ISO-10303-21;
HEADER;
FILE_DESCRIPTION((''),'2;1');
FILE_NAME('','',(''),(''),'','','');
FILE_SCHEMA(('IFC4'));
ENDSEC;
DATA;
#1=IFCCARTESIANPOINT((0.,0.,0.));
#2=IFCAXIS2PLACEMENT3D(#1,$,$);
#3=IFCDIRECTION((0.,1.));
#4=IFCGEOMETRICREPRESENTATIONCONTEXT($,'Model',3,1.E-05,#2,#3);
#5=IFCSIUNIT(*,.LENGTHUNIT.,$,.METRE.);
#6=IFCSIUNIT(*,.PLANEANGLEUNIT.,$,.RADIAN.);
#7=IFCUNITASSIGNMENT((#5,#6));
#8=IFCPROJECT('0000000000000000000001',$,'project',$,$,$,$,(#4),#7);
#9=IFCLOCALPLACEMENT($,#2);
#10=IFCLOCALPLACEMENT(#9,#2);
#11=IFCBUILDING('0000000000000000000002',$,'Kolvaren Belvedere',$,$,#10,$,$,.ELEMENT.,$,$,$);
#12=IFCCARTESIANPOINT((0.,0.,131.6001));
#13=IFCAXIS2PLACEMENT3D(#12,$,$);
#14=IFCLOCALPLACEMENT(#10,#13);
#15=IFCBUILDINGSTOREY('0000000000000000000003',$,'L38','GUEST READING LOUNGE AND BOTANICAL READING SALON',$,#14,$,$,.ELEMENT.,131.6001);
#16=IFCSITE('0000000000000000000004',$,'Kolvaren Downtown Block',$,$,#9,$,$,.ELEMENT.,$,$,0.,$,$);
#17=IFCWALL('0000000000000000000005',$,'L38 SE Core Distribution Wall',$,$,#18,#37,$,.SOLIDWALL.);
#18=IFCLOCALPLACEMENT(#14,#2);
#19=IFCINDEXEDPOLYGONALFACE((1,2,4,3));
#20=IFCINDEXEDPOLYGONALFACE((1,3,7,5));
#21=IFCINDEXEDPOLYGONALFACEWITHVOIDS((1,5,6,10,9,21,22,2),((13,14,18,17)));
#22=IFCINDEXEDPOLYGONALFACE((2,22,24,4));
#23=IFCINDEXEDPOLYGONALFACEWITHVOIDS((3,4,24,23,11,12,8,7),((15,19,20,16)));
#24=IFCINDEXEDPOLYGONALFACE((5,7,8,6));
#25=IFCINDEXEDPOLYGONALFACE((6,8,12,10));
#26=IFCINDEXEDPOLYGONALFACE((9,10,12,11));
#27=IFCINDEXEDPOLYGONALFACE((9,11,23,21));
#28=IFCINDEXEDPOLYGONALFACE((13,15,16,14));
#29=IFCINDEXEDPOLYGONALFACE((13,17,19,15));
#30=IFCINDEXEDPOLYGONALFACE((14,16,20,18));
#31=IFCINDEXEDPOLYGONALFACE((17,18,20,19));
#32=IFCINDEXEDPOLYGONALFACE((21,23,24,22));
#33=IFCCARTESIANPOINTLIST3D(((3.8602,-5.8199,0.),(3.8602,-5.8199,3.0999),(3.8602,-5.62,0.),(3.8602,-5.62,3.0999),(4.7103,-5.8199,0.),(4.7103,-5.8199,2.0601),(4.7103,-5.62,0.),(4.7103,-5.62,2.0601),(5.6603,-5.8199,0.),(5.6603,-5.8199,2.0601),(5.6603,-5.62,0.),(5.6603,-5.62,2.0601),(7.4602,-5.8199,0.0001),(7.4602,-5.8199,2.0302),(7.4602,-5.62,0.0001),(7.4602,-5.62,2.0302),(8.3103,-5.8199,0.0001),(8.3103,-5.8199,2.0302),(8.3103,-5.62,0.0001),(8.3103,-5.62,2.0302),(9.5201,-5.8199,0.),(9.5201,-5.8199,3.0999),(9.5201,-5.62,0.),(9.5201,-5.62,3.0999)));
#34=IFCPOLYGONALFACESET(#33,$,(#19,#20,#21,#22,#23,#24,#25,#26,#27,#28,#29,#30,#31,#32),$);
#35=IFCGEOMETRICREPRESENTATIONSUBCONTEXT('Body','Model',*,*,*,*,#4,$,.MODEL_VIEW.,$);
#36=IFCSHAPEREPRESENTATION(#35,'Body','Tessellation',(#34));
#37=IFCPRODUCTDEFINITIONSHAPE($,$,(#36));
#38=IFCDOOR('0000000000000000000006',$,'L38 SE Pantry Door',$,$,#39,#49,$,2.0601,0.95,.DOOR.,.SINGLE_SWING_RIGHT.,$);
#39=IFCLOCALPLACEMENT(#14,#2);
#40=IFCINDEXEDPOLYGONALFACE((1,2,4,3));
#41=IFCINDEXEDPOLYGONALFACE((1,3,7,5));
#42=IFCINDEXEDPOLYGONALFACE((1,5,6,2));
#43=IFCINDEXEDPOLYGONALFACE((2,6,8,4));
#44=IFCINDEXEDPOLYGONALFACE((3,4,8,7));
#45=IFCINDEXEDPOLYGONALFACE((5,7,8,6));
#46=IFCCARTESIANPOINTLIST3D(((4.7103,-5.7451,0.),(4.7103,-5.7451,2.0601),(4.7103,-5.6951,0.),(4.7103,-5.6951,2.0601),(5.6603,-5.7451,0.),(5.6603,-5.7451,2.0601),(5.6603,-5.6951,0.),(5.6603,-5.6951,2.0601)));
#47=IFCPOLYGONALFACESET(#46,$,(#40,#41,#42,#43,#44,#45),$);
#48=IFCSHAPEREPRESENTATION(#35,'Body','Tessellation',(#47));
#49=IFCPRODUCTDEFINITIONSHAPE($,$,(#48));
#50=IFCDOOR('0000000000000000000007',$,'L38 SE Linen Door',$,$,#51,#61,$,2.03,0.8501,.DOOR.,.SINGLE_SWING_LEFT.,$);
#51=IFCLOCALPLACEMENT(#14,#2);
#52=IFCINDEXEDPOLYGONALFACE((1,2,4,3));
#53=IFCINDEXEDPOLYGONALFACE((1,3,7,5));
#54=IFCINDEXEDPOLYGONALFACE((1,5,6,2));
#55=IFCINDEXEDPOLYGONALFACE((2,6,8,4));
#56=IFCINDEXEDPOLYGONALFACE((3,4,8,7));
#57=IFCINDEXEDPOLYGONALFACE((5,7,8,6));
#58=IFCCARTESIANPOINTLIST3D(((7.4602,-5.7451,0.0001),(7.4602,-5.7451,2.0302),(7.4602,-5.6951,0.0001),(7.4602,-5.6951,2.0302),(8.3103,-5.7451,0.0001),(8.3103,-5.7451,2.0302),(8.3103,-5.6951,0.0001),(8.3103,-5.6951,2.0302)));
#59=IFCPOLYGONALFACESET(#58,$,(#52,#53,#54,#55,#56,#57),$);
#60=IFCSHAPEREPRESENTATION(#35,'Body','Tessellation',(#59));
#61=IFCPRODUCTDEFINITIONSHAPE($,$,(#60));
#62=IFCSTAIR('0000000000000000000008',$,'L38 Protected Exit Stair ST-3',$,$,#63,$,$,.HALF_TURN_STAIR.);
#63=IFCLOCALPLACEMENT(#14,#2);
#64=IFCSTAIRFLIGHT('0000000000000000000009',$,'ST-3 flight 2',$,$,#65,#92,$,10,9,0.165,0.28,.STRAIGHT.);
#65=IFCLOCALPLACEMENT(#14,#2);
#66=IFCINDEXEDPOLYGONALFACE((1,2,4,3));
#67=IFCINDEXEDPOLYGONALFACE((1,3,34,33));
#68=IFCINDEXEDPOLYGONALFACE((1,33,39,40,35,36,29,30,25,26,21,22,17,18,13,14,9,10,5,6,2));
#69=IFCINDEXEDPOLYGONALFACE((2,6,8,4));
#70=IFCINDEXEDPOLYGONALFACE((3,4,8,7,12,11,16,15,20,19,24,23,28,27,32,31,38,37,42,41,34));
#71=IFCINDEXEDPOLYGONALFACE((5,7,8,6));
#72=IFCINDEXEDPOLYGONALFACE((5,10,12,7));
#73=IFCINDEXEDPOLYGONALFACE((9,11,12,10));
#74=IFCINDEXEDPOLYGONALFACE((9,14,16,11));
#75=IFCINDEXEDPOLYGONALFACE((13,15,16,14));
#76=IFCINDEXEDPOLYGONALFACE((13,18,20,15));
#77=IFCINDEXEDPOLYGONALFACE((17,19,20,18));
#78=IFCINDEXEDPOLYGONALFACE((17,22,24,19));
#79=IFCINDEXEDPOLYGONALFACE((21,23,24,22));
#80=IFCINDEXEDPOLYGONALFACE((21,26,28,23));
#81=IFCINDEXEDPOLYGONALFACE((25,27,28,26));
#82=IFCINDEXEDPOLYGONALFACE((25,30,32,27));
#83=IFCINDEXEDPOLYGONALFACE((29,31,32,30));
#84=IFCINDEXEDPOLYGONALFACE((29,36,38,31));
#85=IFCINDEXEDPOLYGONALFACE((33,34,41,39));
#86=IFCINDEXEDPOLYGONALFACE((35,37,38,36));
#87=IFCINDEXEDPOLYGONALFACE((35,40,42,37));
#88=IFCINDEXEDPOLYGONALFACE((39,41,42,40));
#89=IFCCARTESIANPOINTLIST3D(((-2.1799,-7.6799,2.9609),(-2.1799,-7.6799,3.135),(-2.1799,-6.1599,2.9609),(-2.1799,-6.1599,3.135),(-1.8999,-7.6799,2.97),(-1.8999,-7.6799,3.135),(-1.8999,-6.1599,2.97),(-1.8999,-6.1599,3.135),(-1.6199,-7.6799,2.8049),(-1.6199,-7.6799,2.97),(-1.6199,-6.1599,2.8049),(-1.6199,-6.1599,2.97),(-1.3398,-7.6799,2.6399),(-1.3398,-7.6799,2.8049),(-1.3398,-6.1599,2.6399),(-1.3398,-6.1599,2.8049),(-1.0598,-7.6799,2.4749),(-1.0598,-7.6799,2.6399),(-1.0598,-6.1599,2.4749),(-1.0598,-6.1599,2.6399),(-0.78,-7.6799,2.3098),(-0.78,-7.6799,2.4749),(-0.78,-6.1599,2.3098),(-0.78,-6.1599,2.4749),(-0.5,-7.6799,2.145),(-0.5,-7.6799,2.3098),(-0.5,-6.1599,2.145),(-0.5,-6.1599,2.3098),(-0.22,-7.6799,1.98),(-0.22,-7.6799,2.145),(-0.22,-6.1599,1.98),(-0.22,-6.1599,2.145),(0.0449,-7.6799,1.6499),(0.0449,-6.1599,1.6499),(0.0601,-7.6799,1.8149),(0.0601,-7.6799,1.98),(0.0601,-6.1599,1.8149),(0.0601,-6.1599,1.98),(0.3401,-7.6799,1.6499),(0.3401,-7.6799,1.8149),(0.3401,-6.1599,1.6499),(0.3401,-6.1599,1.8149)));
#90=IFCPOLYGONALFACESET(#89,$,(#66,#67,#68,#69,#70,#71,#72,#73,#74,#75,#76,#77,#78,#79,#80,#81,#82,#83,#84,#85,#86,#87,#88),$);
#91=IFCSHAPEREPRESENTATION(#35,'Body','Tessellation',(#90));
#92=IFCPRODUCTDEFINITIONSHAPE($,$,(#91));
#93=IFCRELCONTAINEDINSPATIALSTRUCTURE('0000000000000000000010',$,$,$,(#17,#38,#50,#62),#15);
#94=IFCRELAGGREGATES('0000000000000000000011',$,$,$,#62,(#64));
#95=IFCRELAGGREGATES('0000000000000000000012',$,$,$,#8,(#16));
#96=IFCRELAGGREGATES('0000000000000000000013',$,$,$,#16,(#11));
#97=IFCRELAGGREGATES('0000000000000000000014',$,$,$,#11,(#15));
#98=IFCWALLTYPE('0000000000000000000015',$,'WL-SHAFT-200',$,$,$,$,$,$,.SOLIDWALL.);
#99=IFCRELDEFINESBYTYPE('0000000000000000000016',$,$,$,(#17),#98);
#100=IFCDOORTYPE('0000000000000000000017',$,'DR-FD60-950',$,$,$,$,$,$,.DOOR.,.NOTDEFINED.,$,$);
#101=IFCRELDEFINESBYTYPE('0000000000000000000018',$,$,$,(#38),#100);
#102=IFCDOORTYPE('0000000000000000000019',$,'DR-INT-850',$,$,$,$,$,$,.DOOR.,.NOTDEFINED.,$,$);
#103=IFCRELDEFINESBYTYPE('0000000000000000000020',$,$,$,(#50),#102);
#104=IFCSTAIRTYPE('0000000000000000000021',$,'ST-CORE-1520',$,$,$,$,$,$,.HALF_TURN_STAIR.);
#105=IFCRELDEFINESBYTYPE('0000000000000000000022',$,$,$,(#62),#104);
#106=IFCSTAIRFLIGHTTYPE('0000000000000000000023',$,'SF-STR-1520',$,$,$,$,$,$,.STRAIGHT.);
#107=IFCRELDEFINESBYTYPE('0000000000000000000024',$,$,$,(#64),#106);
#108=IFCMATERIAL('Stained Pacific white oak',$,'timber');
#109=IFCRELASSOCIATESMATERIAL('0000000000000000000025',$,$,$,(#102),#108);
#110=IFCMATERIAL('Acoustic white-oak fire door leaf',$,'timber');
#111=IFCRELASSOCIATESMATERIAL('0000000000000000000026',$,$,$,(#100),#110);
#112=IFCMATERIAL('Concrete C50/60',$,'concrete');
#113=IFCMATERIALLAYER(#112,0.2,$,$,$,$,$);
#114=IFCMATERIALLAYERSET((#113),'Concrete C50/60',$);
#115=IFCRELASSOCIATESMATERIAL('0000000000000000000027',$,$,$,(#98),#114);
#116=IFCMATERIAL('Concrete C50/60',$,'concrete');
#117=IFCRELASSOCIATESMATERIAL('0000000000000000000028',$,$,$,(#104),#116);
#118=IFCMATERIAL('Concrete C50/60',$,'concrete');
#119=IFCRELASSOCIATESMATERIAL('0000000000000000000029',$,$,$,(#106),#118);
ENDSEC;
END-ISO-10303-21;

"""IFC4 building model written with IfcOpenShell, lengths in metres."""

from ifc_helpers import new_model, si_unit, direction, frame, frame_2d, origin, place, context, subcontext, project, spatial, polyline, rectangle, outline, extrude, material, layer, layer_set, type_object, element, fill, aggregate, save


model = new_model("IFC4")

# Units and contexts
model_context = context("Model", 3, precision=1e-05, world=origin(), true_north=direction((0.0, 1.0)))
body_context = subcontext(model_context, "Body", "Model", "MODEL_VIEW")
ifc_project = project(units=[si_unit("LENGTHUNIT", "METRE"), si_unit("PLANEANGLEUNIT", "RADIAN")], contexts=[model_context])

# Site, building, storey
site_placement = place(None, origin())
site = spatial("IfcSite", under=ifc_project, at=site_placement, Name="Kolvaren Downtown Block", CompositionType="ELEMENT", RefElevation=0.0)
building_placement = place(site_placement, origin())
building = spatial("IfcBuilding", under=site, at=building_placement, Name="Kolvaren Belvedere", CompositionType="ELEMENT")
storey_placement = place(building_placement, frame((0.0, 0.0, 131.6001)))
storey = spatial("IfcBuildingStorey", under=building, at=storey_placement, Name="L38", Description="GUEST READING LOUNGE AND BOTANICAL READING SALON", CompositionType="ELEMENT", Elevation=131.6001)

# Shared definitions
ifc_material_1 = material(Name="Stained Pacific white oak", Category="timber")
door_type_1 = type_object("IfcDoorType", Name="DR-INT-850", OperationType="NOTDEFINED", PredefinedType="DOOR", material=ifc_material_1)
ifc_material_2 = material(Name="Acoustic white-oak fire door leaf", Category="timber")
door_type_2 = type_object("IfcDoorType", Name="DR-FD60-950", OperationType="NOTDEFINED", PredefinedType="DOOR", material=ifc_material_2)
ifc_material_3 = material(Name="Concrete C50/60", Category="concrete")
ifc_layer_1 = layer(ifc_material_3, 0.2)
ifc_layer_set_1 = layer_set([ifc_layer_1], Name="Concrete C50/60")
wall_type_1 = type_object("IfcWallType", Name="WL-SHAFT-200", PredefinedType="SOLIDWALL", material=ifc_layer_set_1)

# Wall, openings, doors
wall_1_placement = place(storey_placement, frame((3.8601, -5.72, 0.0), z_axis=(0.0, 0.0, 1.0), x_axis=(1.0, 0.0, 0.0)))
wall_1 = element("IfcWall", 1, at=wall_1_placement, inside=storey, type_object=wall_type_1, Name="L38 SE Core Distribution Wall", PredefinedType="SOLIDWALL", context=body_context, shape_type="SweptSolid", body=[
    extrude(rectangle(XDim=5.6599, YDim=0.2, at=frame_2d((2.8301, 0.0))), origin(), (0.0, 0.0, 1.0), 3.0999),
])
opening_1_placement = place(wall_1_placement, frame((0.8501, 0.0, 0.0)))
opening_1 = element("IfcOpeningElement", 2, at=opening_1_placement, cuts=wall_1, PredefinedType="OPENING", context=body_context, shape_type="SweptSolid", body=[
    extrude(rectangle(XDim=0.95, YDim=2.0601, at=frame_2d((0.4751, 1.03))), frame((0.0, 0.1099, 0.0), z_axis=(0.0, -1.0, 0.0), x_axis=(1.0, 0.0, 0.0)), (0.0, 0.0, 1.0), 0.22),
])
opening_2_placement = place(wall_1_placement, frame((3.6001, 0.0, 0.0)))
opening_2 = element("IfcOpeningElement", 3, at=opening_2_placement, cuts=wall_1, PredefinedType="OPENING", context=body_context, shape_type="SweptSolid", body=[
    extrude(rectangle(XDim=0.8501, YDim=2.03, at=frame_2d((0.425, 1.0151))), frame((0.0, 0.1099, 0.0), z_axis=(0.0, -1.0, 0.0), x_axis=(1.0, 0.0, 0.0)), (0.0, 0.0, 1.0), 0.22),
])
door_1_placement = place(opening_1_placement, origin())
door_1 = element("IfcDoor", 4, at=door_1_placement, inside=storey, type_object=door_type_2, Name="L38 SE Pantry Door", OperationType="SINGLE_SWING_RIGHT", OverallHeight=2.0601, OverallWidth=0.95, PredefinedType="DOOR", context=body_context, shape_type="SweptSolid", body=[
    extrude(rectangle(XDim=0.95, YDim=2.0601, at=frame_2d((0.4751, 1.03))), frame((0.0, 0.0249, 0.0), z_axis=(0.0, -1.0, 0.0), x_axis=(1.0, 0.0, 0.0)), (0.0, 0.0, 1.0), 0.05),
])
fill(opening_1, door_1)
door_2_placement = place(opening_2_placement, origin())
door_2 = element("IfcDoor", 5, at=door_2_placement, inside=storey, type_object=door_type_1, Name="L38 SE Linen Door", OperationType="SINGLE_SWING_LEFT", OverallHeight=2.03, OverallWidth=0.8501, PredefinedType="DOOR", context=body_context, shape_type="SweptSolid", body=[
    extrude(rectangle(XDim=0.8501, YDim=2.03, at=frame_2d((0.425, 1.0151))), frame((0.0, 0.0249, 0.0), z_axis=(0.0, -1.0, 0.0), x_axis=(1.0, 0.0, 0.0)), (0.0, 0.0, 1.0), 0.05),
])
fill(opening_2, door_2)

# Stair, stair flight
ifc_material_4 = material(Name="Concrete C50/60", Category="concrete")
stair_type = type_object("IfcStairType", Name="ST-CORE-1520", PredefinedType="HALF_TURN_STAIR", material=ifc_material_4)
stair_placement = place(storey_placement, origin())
stair = element("IfcStair", 6, at=stair_placement, inside=storey, type_object=stair_type, Name="L38 Protected Exit Stair ST-3", PredefinedType="HALF_TURN_STAIR")
ifc_material_5 = material(Name="Concrete C50/60", Category="concrete")
stair_flight_type = type_object("IfcStairFlightType", Name="SF-STR-1520", PredefinedType="STRAIGHT", material=ifc_material_5)
stair_flight_placement = place(storey_placement, frame((0.3401, -6.9199, 1.6499), z_axis=(0.0, 0.0, 1.0), x_axis=(-1.0, 0.0, 0.0)))
stair_flight = element("IfcStairFlight", 7, at=stair_flight_placement, type_object=stair_flight_type, Name="ST-3 flight 2", NumberOfRisers=10, NumberOfTreads=9, PredefinedType="STRAIGHT", RiserHeight=0.165, TreadLength=0.28, context=body_context, shape_type="SweptSolid", body=[
    extrude(outline(polyline([(0.0, 0.0), (0.0, 0.165), (0.28, 0.165), (0.28, 0.3301), (0.5601, 0.3301), (0.5601, 0.4951), (0.8401, 0.4951), (0.8401, 0.6599), (1.1201, 0.6599), (1.1201, 0.825), (1.3999, 0.825), (1.3999, 0.99), (1.6799, 0.99), (1.6799, 1.155), (1.96, 1.155), (1.96, 1.3201), (2.24, 1.3201), (2.24, 1.4851), (2.52, 1.4851), (2.52, 1.6499), (2.52, 1.311), (0.2952, 0.0), (0.0, 0.0)])), frame((0.0, 0.76, 0.0), z_axis=(0.0, -1.0, 0.0), x_axis=(1.0, 0.0, 0.0)), (0.0, 0.0, 1.0), 1.52),
])
aggregate(stair, [stair_flight])

save(model, "model.ifc")
